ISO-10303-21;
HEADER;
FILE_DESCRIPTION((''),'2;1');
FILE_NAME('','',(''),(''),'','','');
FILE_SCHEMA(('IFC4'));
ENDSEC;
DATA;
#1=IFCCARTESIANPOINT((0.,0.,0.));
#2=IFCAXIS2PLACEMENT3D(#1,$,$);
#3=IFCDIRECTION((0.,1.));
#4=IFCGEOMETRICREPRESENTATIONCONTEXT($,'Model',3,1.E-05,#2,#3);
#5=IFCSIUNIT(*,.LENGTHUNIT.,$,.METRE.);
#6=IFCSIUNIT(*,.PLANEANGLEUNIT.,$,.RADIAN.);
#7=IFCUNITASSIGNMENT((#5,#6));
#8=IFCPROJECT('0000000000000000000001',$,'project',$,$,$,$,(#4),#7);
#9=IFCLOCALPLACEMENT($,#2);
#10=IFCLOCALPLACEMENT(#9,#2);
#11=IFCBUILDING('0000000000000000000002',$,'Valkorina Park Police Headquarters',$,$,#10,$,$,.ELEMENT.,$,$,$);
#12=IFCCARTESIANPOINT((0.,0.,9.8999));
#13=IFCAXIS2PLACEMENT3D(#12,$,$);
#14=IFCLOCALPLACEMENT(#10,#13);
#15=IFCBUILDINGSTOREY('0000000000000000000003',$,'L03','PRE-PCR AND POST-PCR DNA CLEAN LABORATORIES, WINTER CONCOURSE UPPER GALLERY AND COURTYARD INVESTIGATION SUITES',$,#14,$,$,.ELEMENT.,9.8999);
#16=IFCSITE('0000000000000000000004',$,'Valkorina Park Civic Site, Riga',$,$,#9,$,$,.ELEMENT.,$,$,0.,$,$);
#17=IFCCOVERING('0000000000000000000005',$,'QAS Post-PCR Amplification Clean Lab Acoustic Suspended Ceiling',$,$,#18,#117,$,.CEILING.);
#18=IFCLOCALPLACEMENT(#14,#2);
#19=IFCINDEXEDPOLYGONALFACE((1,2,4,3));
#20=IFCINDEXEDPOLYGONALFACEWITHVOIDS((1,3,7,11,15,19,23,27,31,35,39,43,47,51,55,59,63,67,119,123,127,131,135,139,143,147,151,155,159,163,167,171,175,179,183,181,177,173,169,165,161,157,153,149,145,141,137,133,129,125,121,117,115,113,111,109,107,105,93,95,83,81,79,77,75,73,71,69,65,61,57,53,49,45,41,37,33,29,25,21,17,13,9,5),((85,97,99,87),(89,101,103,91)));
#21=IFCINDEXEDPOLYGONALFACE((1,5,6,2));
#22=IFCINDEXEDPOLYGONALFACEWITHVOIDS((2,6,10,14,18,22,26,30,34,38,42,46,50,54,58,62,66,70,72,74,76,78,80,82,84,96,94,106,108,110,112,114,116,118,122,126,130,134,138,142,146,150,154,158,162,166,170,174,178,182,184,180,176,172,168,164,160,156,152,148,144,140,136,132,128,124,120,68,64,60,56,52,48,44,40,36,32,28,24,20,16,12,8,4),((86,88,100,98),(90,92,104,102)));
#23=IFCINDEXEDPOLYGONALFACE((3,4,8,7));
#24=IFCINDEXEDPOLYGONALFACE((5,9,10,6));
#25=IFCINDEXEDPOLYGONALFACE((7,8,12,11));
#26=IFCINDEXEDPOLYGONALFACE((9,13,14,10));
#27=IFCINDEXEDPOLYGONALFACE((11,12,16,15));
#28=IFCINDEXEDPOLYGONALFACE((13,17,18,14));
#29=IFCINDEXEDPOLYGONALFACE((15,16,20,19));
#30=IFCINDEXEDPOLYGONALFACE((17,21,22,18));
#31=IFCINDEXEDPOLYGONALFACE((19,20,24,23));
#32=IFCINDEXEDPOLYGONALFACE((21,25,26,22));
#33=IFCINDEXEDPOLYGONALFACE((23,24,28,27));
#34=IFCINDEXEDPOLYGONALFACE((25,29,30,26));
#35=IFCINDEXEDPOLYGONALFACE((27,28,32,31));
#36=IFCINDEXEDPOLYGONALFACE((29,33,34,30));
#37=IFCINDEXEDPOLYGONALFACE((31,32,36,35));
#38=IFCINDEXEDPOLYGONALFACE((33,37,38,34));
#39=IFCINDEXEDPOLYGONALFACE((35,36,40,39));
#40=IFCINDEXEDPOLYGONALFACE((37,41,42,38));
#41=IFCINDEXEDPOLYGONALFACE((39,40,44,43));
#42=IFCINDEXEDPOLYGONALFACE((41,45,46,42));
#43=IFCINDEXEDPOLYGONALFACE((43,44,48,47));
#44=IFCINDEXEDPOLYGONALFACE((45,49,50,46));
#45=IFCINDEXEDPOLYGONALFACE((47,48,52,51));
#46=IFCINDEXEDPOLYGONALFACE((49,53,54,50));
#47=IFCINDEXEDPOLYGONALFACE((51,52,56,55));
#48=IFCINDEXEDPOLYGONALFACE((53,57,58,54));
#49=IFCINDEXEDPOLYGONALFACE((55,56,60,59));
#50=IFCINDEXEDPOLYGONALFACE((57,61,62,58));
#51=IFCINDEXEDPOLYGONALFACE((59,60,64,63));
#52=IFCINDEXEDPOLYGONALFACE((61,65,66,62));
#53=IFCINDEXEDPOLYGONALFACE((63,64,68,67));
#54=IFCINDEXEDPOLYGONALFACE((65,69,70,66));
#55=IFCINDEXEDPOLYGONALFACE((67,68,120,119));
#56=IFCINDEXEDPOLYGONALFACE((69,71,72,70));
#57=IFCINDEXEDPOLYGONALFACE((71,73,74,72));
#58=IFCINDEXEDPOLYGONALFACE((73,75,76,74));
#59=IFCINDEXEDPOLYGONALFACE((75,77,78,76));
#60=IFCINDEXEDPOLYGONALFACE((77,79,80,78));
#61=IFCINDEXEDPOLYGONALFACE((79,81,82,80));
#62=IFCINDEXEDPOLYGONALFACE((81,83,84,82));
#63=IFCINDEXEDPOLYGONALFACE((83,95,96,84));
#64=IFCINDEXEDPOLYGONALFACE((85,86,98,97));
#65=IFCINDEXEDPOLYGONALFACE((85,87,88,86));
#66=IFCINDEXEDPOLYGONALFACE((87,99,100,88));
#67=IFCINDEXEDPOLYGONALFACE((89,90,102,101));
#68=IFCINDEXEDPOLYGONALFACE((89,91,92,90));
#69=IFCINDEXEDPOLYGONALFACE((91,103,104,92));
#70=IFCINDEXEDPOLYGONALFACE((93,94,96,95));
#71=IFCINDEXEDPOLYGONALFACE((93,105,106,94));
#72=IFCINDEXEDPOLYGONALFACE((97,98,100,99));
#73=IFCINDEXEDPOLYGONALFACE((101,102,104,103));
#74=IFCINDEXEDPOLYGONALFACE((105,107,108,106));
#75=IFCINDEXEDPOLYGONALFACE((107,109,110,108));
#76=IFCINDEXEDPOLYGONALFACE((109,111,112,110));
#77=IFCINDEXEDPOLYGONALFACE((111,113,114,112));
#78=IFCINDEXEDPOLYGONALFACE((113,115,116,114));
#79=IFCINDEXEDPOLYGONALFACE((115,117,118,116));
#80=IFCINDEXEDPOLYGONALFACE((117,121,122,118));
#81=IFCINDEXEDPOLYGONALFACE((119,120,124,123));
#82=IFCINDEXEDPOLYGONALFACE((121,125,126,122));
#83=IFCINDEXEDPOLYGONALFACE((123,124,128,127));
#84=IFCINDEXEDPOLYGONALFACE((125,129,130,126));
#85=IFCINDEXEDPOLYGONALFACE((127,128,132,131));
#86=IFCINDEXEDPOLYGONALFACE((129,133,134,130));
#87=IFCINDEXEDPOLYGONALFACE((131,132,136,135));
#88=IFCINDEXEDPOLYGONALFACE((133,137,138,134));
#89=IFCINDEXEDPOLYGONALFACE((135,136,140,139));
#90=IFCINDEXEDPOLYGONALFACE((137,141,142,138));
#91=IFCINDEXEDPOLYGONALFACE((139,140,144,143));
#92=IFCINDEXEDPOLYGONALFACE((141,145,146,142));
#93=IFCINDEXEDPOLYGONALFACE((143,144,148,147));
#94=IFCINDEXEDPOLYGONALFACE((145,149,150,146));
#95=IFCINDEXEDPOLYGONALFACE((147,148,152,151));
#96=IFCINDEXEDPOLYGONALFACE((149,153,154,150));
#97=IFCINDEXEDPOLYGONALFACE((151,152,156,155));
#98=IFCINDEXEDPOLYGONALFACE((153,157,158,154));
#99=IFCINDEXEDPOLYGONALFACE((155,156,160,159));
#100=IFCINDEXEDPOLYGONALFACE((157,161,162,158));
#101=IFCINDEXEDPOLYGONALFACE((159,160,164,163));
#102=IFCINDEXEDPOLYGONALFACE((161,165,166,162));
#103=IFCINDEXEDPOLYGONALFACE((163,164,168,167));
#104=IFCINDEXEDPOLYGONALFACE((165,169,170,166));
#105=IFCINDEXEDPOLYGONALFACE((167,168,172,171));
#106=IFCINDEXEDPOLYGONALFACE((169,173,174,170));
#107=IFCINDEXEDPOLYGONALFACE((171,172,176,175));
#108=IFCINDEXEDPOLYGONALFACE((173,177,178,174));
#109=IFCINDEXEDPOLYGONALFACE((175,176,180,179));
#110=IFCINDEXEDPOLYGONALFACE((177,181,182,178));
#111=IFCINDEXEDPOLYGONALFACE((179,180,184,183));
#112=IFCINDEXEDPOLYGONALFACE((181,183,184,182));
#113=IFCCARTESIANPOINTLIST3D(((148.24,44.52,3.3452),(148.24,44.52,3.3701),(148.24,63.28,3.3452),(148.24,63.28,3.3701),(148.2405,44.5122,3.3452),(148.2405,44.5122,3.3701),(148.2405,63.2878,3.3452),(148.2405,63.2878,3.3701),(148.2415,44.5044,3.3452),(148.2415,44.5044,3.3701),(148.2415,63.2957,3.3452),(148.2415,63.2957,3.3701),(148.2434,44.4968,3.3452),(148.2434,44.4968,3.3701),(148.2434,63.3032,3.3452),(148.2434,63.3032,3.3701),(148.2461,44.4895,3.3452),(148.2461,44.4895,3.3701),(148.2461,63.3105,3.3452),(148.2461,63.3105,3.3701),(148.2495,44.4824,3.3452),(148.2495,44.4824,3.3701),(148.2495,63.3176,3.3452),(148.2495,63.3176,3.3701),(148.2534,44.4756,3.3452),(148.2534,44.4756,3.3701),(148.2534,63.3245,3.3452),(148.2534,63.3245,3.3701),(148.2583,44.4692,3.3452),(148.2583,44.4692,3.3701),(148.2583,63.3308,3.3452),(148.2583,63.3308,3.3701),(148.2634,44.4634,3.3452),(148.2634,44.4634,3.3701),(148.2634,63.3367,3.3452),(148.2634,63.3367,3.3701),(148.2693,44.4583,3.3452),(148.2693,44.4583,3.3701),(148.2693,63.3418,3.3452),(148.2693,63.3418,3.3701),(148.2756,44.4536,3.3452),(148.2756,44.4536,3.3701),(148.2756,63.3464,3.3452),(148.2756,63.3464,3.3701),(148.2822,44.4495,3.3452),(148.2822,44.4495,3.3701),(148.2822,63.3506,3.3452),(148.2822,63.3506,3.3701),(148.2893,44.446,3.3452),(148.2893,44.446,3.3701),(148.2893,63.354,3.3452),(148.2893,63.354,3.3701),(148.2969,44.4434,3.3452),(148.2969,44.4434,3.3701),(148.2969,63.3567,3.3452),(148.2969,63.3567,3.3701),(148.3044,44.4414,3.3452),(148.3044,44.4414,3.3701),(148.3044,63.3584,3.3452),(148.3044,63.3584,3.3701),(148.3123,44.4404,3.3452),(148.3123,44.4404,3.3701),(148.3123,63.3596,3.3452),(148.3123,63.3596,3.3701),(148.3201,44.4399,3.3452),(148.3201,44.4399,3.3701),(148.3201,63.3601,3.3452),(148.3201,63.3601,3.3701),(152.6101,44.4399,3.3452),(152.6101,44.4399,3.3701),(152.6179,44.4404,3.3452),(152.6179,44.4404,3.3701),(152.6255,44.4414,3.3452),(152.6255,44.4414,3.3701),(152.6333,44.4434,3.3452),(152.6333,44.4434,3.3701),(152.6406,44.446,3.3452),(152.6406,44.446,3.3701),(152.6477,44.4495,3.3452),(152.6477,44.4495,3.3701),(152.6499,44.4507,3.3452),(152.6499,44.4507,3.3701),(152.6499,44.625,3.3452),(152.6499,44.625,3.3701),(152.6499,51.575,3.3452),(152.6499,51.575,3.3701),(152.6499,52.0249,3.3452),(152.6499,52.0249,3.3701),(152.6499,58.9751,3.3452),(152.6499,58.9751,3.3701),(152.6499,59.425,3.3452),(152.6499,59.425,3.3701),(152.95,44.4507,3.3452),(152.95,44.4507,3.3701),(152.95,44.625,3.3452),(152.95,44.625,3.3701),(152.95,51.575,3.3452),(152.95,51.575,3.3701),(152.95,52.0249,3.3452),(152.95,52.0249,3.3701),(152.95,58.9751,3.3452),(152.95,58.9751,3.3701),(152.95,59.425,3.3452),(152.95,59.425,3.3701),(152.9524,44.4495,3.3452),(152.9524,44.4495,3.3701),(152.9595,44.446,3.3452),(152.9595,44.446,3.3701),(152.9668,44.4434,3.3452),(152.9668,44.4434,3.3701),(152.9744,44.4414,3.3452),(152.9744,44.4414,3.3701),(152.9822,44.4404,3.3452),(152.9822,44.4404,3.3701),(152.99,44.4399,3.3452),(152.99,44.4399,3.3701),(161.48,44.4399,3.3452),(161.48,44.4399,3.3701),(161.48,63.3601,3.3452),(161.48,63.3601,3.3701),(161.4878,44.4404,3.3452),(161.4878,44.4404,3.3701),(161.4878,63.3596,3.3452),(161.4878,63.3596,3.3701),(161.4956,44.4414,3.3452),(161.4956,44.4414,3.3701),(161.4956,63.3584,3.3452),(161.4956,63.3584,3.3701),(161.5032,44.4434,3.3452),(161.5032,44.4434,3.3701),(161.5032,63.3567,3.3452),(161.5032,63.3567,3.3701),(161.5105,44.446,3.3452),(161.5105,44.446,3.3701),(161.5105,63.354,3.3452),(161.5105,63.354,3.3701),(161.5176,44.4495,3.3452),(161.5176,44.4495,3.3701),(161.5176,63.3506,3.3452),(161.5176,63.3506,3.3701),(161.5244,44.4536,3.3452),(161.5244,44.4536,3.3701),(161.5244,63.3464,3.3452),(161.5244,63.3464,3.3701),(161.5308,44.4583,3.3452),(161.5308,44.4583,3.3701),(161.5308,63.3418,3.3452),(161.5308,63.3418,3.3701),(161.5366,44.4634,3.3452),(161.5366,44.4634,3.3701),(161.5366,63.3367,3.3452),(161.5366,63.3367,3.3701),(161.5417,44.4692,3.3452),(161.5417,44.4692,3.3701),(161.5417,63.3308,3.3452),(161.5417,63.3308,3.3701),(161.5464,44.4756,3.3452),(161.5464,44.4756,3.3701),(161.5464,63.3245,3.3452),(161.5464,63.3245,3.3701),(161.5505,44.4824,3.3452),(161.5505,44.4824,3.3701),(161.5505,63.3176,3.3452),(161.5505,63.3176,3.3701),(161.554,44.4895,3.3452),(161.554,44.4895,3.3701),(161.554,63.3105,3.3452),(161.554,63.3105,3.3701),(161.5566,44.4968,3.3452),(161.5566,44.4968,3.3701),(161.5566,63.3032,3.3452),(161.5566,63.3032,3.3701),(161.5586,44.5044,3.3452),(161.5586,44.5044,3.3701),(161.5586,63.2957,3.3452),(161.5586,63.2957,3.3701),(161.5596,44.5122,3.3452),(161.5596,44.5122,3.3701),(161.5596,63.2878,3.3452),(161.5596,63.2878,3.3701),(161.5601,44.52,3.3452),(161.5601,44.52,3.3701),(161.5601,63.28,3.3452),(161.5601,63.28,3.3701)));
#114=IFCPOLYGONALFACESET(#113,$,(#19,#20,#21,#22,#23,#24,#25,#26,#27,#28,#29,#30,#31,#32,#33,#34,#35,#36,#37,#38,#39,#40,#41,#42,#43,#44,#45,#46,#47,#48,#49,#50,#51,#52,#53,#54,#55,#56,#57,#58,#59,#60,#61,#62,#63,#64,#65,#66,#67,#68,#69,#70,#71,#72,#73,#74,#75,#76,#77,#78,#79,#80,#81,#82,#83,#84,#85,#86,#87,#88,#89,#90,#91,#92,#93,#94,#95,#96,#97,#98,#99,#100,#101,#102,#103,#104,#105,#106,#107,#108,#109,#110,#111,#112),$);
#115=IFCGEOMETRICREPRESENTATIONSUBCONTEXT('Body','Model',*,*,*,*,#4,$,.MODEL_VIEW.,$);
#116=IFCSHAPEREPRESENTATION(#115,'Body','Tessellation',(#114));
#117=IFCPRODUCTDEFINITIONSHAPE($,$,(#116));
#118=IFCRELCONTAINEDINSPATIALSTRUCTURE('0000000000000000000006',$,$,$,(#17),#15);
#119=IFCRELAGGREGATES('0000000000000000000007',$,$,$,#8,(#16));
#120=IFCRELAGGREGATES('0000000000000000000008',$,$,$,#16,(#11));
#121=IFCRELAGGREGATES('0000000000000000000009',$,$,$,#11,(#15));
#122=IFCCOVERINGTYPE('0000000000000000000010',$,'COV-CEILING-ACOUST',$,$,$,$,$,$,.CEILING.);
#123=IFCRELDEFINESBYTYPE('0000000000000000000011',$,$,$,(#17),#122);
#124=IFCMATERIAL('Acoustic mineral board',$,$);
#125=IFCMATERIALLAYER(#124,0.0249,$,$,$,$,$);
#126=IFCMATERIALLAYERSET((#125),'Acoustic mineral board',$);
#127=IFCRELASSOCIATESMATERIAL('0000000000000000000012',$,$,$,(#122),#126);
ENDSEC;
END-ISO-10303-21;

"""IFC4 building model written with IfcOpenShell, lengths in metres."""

from ifc_helpers import new_model, si_unit, direction, frame, origin, place, context, subcontext, project, spatial, polyline, outline, extrude, material, layer, layer_set, type_object, element, save


model = new_model("IFC4")

# Units and contexts
model_context = context("Model", 3, precision=1e-05, world=origin(), true_north=direction((0.0, 1.0)))
body_context = subcontext(model_context, "Body", "Model", "MODEL_VIEW")
ifc_project = project(units=[si_unit("LENGTHUNIT", "METRE"), si_unit("PLANEANGLEUNIT", "RADIAN")], contexts=[model_context])

# Site, building, storey
site_placement = place(None, origin())
site = spatial("IfcSite", under=ifc_project, at=site_placement, Name="Valkorina Park Civic Site, Riga", CompositionType="ELEMENT", RefElevation=0.0)
building_placement = place(site_placement, origin())
building = spatial("IfcBuilding", under=site, at=building_placement, Name="Valkorina Park Police Headquarters", CompositionType="ELEMENT")
storey_placement = place(building_placement, frame((0.0, 0.0, 9.8999)))
storey = spatial("IfcBuildingStorey", under=building, at=storey_placement, Name="L03", Description="PRE-PCR AND POST-PCR DNA CLEAN LABORATORIES, WINTER CONCOURSE UPPER GALLERY AND COURTYARD INVESTIGATION SUITES", CompositionType="ELEMENT", Elevation=9.8999)

# Covering
ifc_material_1 = material(Name="Acoustic mineral board")
ifc_layer_1 = layer(ifc_material_1, 0.0249)
ifc_layer_set_1 = layer_set([ifc_layer_1], Name="Acoustic mineral board")
covering_type_1 = type_object("IfcCoveringType", Name="COV-CEILING-ACOUST", PredefinedType="CEILING", material=ifc_layer_set_1)
covering_1_placement = place(storey_placement, frame((0.0, 0.0, 3.3452)))
element("IfcCovering", 1, at=covering_1_placement, inside=storey, type_object=covering_type_1, Name="QAS Post-PCR Amplification Clean Lab Acoustic Suspended Ceiling", PredefinedType="CEILING", context=body_context, shape_type="SweptSolid", body=[
    extrude(outline(polyline([(161.5586, 44.5044), (161.5596, 44.5122), (161.5601, 44.52), (161.5601, 63.28), (161.5596, 63.2878), (161.5586, 63.2957), (161.5566, 63.3032), (161.554, 63.3105), (161.5505, 63.3176), (161.5464, 63.3245), (161.5417, 63.3308), (161.5366, 63.3367), (161.5308, 63.3418), (161.5244, 63.3464), (161.5176, 63.3506), (161.5105, 63.354), (161.5032, 63.3567), (161.4956, 63.3584), (161.4878, 63.3596), (161.48, 63.3601), (148.3201, 63.3601), (148.3123, 63.3596), (148.3044, 63.3584), (148.2969, 63.3567), (148.2893, 63.354), (148.2822, 63.3506), (148.2756, 63.3464), (148.2693, 63.3418), (148.2634, 63.3367), (148.2583, 63.3308), (148.2534, 63.3245), (148.2495, 63.3176), (148.2461, 63.3105), (148.2434, 63.3032), (148.2415, 63.2957), (148.2405, 63.2878), (148.24, 63.28), (148.24, 44.52), (148.2405, 44.5122), (148.2415, 44.5044), (148.2434, 44.4968), (148.2461, 44.4895), (148.2495, 44.4824), (148.2534, 44.4756), (148.2583, 44.4692), (148.2634, 44.4634), (148.2693, 44.4583), (148.2756, 44.4536), (148.2822, 44.4495), (148.2893, 44.446), (148.2969, 44.4434), (148.3044, 44.4414), (148.3123, 44.4404), (148.3201, 44.4399), (152.6101, 44.4399), (152.6179, 44.4404), (152.6255, 44.4414), (152.6333, 44.4434), (152.6406, 44.446), (152.6477, 44.4495), (152.6499, 44.4507), (152.6499, 44.625), (152.95, 44.625), (152.95, 44.4507), (152.9524, 44.4495), (152.9595, 44.446), (152.9668, 44.4434), (152.9744, 44.4414), (152.9822, 44.4404), (152.99, 44.4399), (161.48, 44.4399), (161.4878, 44.4404), (161.4956, 44.4414), (161.5032, 44.4434), (161.5105, 44.446), (161.5176, 44.4495), (161.5244, 44.4536), (161.5308, 44.4583), (161.5366, 44.4634), (161.5417, 44.4692), (161.5464, 44.4756), (161.5505, 44.4824), (161.554, 44.4895), (161.5566, 44.4968), (161.5586, 44.5044)]), holes=[polyline([(152.95, 52.0249), (152.95, 51.575), (152.6499, 51.575), (152.6499, 52.0249), (152.95, 52.0249)]), polyline([(152.95, 59.425), (152.95, 58.9751), (152.6499, 58.9751), (152.6499, 59.425), (152.95, 59.425)])]), origin(), (0.0, 0.0, 1.0), 0.0249),
])

save(model, "model.ifc")
